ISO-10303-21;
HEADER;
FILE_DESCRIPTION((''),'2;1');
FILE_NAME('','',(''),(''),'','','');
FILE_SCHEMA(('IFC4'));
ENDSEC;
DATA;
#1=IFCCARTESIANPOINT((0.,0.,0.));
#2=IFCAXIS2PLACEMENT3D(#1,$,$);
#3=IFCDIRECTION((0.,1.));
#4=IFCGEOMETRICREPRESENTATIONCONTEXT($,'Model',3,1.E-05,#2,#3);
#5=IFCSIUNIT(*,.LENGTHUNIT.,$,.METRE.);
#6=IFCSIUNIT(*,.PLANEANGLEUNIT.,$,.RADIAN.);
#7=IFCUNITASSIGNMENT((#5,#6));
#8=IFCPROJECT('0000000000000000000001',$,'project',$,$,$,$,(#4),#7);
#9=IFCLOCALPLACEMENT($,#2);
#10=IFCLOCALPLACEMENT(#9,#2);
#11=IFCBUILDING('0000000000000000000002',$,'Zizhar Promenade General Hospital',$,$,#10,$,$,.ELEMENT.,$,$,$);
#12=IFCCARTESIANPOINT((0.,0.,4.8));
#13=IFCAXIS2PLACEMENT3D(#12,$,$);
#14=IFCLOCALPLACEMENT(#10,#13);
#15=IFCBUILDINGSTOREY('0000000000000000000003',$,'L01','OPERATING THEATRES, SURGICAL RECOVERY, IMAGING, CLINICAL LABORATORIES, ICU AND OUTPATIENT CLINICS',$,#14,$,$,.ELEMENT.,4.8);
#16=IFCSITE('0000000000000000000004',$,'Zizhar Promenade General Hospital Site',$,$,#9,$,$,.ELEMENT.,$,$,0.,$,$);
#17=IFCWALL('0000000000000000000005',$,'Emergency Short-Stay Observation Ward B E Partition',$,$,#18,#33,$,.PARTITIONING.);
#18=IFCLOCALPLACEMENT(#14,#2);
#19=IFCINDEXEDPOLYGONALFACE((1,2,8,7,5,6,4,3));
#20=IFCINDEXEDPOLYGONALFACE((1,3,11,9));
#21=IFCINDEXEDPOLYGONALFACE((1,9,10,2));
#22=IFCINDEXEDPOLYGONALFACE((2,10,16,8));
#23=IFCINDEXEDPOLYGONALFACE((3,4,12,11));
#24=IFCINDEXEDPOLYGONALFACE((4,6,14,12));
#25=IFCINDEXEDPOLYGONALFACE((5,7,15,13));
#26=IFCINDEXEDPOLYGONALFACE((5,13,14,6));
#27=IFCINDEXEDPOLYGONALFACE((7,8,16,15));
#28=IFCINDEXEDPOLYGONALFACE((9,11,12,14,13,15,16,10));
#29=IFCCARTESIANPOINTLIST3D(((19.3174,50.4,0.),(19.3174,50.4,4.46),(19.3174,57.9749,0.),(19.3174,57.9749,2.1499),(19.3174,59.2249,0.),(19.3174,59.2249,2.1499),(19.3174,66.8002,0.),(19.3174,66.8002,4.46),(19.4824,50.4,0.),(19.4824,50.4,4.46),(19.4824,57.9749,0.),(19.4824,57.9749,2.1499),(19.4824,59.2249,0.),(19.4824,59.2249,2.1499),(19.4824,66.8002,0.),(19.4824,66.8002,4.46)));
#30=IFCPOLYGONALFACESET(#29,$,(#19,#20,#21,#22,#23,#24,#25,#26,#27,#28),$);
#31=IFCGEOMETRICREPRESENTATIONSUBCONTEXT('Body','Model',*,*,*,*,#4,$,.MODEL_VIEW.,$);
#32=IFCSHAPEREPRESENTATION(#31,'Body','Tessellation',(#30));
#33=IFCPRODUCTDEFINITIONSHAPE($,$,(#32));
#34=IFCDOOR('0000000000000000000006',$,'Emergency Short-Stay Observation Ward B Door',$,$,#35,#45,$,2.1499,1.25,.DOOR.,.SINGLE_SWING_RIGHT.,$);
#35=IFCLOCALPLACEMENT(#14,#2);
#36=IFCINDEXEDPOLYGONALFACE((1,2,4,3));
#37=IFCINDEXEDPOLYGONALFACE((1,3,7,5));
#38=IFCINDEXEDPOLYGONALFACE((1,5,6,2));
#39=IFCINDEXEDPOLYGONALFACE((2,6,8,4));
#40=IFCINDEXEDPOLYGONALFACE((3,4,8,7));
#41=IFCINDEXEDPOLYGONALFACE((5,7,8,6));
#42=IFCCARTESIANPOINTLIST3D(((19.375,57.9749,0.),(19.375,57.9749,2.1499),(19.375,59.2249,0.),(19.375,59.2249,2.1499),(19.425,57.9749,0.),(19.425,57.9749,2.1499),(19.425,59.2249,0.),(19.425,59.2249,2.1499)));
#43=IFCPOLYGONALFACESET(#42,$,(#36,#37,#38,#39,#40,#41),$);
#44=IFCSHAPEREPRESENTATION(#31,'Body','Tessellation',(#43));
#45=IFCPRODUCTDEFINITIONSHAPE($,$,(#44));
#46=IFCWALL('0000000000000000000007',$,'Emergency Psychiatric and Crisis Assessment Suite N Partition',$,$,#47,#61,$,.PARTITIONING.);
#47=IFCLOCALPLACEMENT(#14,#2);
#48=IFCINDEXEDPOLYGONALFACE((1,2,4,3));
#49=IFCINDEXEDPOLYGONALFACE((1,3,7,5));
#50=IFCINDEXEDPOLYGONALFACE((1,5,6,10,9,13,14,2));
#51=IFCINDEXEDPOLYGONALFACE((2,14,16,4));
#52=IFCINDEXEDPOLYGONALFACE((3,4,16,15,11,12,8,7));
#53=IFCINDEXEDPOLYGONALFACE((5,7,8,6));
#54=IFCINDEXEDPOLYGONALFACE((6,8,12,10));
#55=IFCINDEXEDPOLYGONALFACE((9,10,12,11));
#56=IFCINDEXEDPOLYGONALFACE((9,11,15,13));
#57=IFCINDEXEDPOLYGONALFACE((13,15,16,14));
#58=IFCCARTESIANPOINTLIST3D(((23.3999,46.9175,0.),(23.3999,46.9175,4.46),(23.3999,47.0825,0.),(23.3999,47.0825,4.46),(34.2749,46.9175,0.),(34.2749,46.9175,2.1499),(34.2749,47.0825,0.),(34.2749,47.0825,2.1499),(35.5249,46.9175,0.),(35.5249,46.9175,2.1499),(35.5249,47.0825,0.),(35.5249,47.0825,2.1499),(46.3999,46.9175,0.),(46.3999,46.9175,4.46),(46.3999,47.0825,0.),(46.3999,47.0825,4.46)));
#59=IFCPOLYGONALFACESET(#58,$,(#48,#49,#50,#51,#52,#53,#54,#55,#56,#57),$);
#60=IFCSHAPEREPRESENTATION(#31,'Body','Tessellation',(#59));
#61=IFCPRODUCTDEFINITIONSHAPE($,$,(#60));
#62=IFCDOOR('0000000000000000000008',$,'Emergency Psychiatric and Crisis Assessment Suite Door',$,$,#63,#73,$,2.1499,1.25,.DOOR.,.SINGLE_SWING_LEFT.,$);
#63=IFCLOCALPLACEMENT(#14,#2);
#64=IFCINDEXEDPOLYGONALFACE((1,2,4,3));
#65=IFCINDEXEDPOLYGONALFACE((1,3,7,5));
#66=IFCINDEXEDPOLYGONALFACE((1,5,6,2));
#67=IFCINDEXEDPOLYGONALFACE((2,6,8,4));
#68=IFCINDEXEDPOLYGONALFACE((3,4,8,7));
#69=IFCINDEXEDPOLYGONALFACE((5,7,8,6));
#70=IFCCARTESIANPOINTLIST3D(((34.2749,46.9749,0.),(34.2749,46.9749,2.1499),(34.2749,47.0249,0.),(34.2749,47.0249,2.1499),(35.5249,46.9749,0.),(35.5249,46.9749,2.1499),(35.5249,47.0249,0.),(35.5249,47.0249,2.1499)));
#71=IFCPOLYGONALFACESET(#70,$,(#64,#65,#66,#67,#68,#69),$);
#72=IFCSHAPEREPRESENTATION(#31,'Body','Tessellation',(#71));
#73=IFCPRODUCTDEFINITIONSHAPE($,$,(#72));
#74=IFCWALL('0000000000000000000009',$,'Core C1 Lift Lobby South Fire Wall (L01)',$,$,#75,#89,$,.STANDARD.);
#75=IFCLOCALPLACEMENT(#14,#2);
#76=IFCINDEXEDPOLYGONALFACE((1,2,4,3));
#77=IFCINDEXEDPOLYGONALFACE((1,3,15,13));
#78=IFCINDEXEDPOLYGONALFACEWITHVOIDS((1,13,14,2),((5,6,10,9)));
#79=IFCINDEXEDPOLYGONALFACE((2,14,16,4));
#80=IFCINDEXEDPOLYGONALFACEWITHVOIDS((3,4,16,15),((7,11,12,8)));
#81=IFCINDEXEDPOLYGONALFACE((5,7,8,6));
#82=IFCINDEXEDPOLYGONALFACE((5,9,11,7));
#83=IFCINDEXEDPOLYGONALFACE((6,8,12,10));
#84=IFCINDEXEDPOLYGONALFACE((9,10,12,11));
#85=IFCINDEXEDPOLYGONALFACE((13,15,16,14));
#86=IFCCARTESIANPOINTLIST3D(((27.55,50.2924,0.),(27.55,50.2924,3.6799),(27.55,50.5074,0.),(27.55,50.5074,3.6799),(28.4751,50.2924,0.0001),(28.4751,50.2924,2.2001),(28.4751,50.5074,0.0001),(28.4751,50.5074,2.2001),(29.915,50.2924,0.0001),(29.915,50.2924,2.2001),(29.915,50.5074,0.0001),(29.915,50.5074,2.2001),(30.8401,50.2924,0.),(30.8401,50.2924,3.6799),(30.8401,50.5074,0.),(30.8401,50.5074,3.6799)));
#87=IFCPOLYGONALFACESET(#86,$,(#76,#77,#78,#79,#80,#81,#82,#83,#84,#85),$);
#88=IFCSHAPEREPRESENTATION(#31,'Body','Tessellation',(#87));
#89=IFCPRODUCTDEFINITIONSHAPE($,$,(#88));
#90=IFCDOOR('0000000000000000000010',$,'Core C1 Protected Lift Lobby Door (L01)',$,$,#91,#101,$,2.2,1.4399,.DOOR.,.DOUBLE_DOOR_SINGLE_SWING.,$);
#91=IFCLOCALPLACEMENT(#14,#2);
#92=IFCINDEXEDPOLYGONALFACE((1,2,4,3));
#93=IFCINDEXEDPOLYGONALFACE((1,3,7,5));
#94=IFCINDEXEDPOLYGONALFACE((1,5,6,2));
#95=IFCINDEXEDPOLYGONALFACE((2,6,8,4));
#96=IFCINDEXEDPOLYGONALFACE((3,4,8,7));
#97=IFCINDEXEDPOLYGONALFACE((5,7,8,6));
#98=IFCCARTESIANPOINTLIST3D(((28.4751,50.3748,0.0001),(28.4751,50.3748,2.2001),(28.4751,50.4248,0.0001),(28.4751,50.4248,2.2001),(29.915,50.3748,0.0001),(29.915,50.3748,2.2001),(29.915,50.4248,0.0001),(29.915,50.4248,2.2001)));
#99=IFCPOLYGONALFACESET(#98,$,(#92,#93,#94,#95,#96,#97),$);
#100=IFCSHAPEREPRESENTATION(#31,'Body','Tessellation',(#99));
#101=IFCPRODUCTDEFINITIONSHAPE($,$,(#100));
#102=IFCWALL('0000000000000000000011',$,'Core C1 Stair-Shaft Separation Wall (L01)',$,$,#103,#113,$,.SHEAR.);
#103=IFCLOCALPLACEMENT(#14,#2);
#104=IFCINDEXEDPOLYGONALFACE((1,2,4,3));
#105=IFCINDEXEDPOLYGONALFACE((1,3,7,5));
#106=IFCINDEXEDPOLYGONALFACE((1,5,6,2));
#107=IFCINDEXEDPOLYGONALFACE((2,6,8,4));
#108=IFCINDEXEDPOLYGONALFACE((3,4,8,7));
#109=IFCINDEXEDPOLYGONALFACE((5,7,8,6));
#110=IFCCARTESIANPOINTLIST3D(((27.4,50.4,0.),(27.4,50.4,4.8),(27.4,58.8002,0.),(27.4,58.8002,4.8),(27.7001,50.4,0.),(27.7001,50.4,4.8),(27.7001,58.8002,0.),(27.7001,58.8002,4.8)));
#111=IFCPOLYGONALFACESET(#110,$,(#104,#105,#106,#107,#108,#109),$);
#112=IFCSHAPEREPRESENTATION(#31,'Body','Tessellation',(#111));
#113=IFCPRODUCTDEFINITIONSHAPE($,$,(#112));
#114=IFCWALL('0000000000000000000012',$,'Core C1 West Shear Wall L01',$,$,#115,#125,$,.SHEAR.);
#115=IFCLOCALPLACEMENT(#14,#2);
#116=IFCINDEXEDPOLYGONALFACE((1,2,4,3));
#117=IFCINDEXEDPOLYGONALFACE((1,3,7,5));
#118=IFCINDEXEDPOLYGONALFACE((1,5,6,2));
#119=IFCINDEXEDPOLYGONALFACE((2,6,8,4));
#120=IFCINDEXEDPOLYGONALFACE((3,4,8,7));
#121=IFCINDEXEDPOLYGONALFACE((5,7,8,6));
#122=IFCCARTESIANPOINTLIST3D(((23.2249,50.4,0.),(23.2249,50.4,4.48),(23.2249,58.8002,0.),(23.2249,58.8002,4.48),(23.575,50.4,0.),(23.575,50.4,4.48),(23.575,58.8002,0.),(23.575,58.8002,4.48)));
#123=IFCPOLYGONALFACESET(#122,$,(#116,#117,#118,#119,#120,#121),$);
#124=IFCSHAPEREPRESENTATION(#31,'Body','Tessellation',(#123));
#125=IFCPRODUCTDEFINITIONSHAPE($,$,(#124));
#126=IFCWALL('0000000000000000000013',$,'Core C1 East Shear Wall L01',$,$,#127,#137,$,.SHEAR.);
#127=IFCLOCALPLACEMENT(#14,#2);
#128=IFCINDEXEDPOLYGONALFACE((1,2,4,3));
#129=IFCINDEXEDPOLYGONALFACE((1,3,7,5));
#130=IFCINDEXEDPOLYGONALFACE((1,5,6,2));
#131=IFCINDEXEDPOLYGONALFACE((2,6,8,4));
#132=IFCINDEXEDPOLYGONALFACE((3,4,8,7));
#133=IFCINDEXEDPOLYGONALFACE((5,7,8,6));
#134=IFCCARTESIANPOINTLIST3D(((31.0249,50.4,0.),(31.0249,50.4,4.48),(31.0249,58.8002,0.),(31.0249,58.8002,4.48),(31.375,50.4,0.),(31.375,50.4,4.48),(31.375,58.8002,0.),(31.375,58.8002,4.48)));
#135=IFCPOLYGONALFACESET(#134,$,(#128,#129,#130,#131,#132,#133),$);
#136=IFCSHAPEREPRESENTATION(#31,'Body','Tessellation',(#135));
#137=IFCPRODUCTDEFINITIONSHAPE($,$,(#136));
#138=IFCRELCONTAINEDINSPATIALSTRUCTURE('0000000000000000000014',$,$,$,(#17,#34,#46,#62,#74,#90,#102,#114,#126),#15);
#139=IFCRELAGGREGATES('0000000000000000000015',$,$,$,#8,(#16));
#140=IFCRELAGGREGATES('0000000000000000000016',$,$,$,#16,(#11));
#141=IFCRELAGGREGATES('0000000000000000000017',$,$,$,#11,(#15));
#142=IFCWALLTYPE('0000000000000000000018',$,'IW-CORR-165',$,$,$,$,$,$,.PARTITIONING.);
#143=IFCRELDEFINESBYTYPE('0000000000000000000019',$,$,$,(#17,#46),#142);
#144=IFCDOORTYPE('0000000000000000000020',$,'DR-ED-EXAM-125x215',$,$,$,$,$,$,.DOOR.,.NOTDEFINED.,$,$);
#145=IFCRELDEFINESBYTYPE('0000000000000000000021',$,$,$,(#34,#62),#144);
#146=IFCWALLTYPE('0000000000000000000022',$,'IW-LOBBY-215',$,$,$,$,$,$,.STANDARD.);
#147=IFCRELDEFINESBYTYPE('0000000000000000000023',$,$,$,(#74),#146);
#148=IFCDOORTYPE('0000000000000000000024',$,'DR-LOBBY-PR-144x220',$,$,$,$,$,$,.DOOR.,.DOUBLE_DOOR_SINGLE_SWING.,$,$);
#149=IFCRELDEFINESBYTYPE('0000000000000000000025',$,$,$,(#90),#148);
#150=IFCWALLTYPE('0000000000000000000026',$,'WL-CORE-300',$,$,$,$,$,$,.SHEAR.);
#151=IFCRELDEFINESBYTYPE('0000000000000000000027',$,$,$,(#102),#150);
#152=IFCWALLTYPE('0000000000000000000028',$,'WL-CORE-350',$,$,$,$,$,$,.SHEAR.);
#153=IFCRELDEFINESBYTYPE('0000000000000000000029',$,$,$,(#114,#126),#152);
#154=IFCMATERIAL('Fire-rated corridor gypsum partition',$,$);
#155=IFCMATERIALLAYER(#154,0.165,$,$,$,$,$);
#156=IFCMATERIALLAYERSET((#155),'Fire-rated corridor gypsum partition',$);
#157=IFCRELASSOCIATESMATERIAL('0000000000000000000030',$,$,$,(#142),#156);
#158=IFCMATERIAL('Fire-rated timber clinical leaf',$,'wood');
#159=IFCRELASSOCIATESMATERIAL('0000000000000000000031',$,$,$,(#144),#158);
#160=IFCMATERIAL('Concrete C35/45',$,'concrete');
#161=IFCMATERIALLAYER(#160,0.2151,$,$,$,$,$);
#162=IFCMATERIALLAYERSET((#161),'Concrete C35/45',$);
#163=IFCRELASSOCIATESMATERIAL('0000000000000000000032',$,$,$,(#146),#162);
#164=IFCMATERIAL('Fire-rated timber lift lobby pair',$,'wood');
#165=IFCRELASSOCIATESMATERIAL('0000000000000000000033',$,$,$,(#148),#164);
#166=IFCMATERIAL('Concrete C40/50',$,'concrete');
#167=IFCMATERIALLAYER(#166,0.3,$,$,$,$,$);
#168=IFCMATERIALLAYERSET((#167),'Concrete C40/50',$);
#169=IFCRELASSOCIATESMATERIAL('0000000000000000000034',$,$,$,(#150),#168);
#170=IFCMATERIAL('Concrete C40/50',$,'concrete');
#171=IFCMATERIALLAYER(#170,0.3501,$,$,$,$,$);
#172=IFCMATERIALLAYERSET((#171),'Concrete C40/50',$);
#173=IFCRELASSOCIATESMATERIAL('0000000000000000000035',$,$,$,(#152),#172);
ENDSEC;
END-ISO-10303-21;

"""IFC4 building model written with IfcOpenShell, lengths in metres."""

from ifc_helpers import new_model, si_unit, direction, frame, frame_2d, origin, place, context, subcontext, project, spatial, rectangle, extrude, material, layer, layer_set, type_object, element, fill, save


model = new_model("IFC4")

# Units and contexts
model_context = context("Model", 3, precision=1e-05, world=origin(), true_north=direction((0.0, 1.0)))
body_context = subcontext(model_context, "Body", "Model", "MODEL_VIEW")
ifc_project = project(units=[si_unit("LENGTHUNIT", "METRE"), si_unit("PLANEANGLEUNIT", "RADIAN")], contexts=[model_context])

# Site, building, storey
site_placement = place(None, origin())
site = spatial("IfcSite", under=ifc_project, at=site_placement, Name="Zizhar Promenade General Hospital Site", CompositionType="ELEMENT", RefElevation=0.0)
building_placement = place(site_placement, origin())
building = spatial("IfcBuilding", under=site, at=building_placement, Name="Zizhar Promenade General Hospital", CompositionType="ELEMENT")
storey_placement = place(building_placement, frame((0.0, 0.0, 4.8)))
storey = spatial("IfcBuildingStorey", under=building, at=storey_placement, Name="L01", Description="OPERATING THEATRES, SURGICAL RECOVERY, IMAGING, CLINICAL LABORATORIES, ICU AND OUTPATIENT CLINICS", CompositionType="ELEMENT", Elevation=4.8)

# Walls, openings, doors
ifc_material_1 = material(Name="Fire-rated corridor gypsum partition")
ifc_layer_1 = layer(ifc_material_1, 0.165)
ifc_layer_set_1 = layer_set([ifc_layer_1], Name="Fire-rated corridor gypsum partition")
wall_type_1 = type_object("IfcWallType", Name="IW-CORR-165", PredefinedType="PARTITIONING", material=ifc_layer_set_1)
wall_1_placement = place(storey_placement, frame((19.3999, 50.3999, 0.0), z_axis=(0.0, 0.0, 1.0), x_axis=(0.0, 1.0, 0.0)))
wall_1 = element("IfcWall", 1, at=wall_1_placement, inside=storey, type_object=wall_type_1, Name="Emergency Short-Stay Observation Ward B E Partition", PredefinedType="PARTITIONING", context=body_context, shape_type="SweptSolid", body=[
    extrude(rectangle(XDim=16.4001, YDim=0.165, at=frame_2d((8.2002, 0.0))), origin(), (0.0, 0.0, 1.0), 4.46),
])
opening_1_placement = place(wall_1_placement, frame((7.575, 0.0, 0.0)))
opening_1 = element("IfcOpeningElement", 2, at=opening_1_placement, cuts=wall_1, PredefinedType="OPENING", context=body_context, shape_type="SweptSolid", body=[
    extrude(rectangle(XDim=1.25, YDim=2.1499, at=frame_2d((0.625, 1.075))), frame((0.0, 0.0925, 0.0), z_axis=(0.0, -1.0, 0.0), x_axis=(1.0, 0.0, 0.0)), (0.0, 0.0, 1.0), 0.1851),
])
ifc_material_2 = material(Name="Fire-rated timber clinical leaf", Category="wood")
door_type_1 = type_object("IfcDoorType", Name="DR-ED-EXAM-125x215", OperationType="NOTDEFINED", PredefinedType="DOOR", material=ifc_material_2)
door_1_placement = place(opening_1_placement, origin())
door_1 = element("IfcDoor", 3, at=door_1_placement, inside=storey, type_object=door_type_1, Name="Emergency Short-Stay Observation Ward B Door", OperationType="SINGLE_SWING_RIGHT", OverallHeight=2.1499, OverallWidth=1.25, PredefinedType="DOOR", context=body_context, shape_type="SweptSolid", body=[
    extrude(rectangle(XDim=1.25, YDim=2.1499, at=frame_2d((0.625, 1.075))), frame((0.0, 0.0249, 0.0), z_axis=(0.0, -1.0, 0.0), x_axis=(1.0, 0.0, 0.0)), (0.0, 0.0, 1.0), 0.05),
])
fill(opening_1, door_1)
wall_2_placement = place(storey_placement, frame((23.3999, 47.0, 0.0), z_axis=(0.0, 0.0, 1.0), x_axis=(1.0, 0.0, 0.0)))
wall_2 = element("IfcWall", 4, at=wall_2_placement, inside=storey, type_object=wall_type_1, Name="Emergency Psychiatric and Crisis Assessment Suite N Partition", PredefinedType="PARTITIONING", context=body_context, shape_type="SweptSolid", body=[
    extrude(rectangle(XDim=23.0, YDim=0.165, at=frame_2d((11.5, 0.0))), origin(), (0.0, 0.0, 1.0), 4.46),
])
opening_2_placement = place(wall_2_placement, frame((10.875, 0.0, 0.0)))
opening_2 = element("IfcOpeningElement", 5, at=opening_2_placement, cuts=wall_2, PredefinedType="OPENING", context=body_context, shape_type="SweptSolid", body=[
    extrude(rectangle(XDim=1.25, YDim=2.1499, at=frame_2d((0.625, 1.075))), frame((0.0, 0.0925, 0.0), z_axis=(0.0, -1.0, 0.0), x_axis=(1.0, 0.0, 0.0)), (0.0, 0.0, 1.0), 0.1851),
])
door_2_placement = place(opening_2_placement, origin())
door_2 = element("IfcDoor", 6, at=door_2_placement, inside=storey, type_object=door_type_1, Name="Emergency Psychiatric and Crisis Assessment Suite Door", OperationType="SINGLE_SWING_LEFT", OverallHeight=2.1499, OverallWidth=1.25, PredefinedType="DOOR", context=body_context, shape_type="SweptSolid", body=[
    extrude(rectangle(XDim=1.25, YDim=2.1499, at=frame_2d((0.625, 1.075))), frame((0.0, 0.0249, 0.0), z_axis=(0.0, -1.0, 0.0), x_axis=(1.0, 0.0, 0.0)), (0.0, 0.0, 1.0), 0.05),
])
fill(opening_2, door_2)
ifc_material_3 = material(Name="Concrete C35/45", Category="concrete")
ifc_layer_2 = layer(ifc_material_3, 0.2151)
ifc_layer_set_2 = layer_set([ifc_layer_2], Name="Concrete C35/45")
wall_type_2 = type_object("IfcWallType", Name="IW-LOBBY-215", PredefinedType="STANDARD", material=ifc_layer_set_2)
wall_3_placement = place(storey_placement, frame((27.55, 50.3999, 0.0), z_axis=(0.0, 0.0, 1.0), x_axis=(1.0, 0.0, 0.0)))
wall_3 = element("IfcWall", 7, at=wall_3_placement, inside=storey, type_object=wall_type_2, Name="Core C1 Lift Lobby South Fire Wall (L01)", PredefinedType="STANDARD", context=body_context, shape_type="SweptSolid", body=[
    extrude(rectangle(XDim=3.29, YDim=0.2151, at=frame_2d((1.645, 0.0))), origin(), (0.0, 0.0, 1.0), 3.6799),
])
opening_3_placement = place(wall_3_placement, frame((0.925, 0.0, 0.0)))
opening_3 = element("IfcOpeningElement", 8, at=opening_3_placement, cuts=wall_3, PredefinedType="OPENING", context=body_context, shape_type="SweptSolid", body=[
    extrude(rectangle(XDim=1.4399, YDim=2.2, at=frame_2d((0.72, 1.1001))), frame((0.0, 0.1177, 0.0), z_axis=(0.0, -1.0, 0.0), x_axis=(1.0, 0.0, 0.0)), (0.0, 0.0, 1.0), 0.2351),
])
ifc_material_4 = material(Name="Fire-rated timber lift lobby pair", Category="wood")
door_type_2 = type_object("IfcDoorType", Name="DR-LOBBY-PR-144x220", OperationType="DOUBLE_DOOR_SINGLE_SWING", PredefinedType="DOOR", material=ifc_material_4)
door_3_placement = place(opening_3_placement, origin())
door_3 = element("IfcDoor", 9, at=door_3_placement, inside=storey, type_object=door_type_2, Name="Core C1 Protected Lift Lobby Door (L01)", OperationType="DOUBLE_DOOR_SINGLE_SWING", OverallHeight=2.2, OverallWidth=1.4399, PredefinedType="DOOR", context=body_context, shape_type="SweptSolid", body=[
    extrude(rectangle(XDim=1.4399, YDim=2.2, at=frame_2d((0.72, 1.1001))), frame((0.0, 0.0249, 0.0), z_axis=(0.0, -1.0, 0.0), x_axis=(1.0, 0.0, 0.0)), (0.0, 0.0, 1.0), 0.05),
])
fill(opening_3, door_3)
ifc_material_5 = material(Name="Concrete C40/50", Category="concrete")
ifc_layer_3 = layer(ifc_material_5, 0.3)
ifc_layer_set_3 = layer_set([ifc_layer_3], Name="Concrete C40/50")
wall_type_3 = type_object("IfcWallType", Name="WL-CORE-300", PredefinedType="SHEAR", material=ifc_layer_set_3)

# Walls
wall_4_placement = place(storey_placement, frame((27.55, 50.3999, 0.0), z_axis=(0.0, 0.0, 1.0), x_axis=(0.0, 1.0, 0.0)))
element("IfcWall", 10, at=wall_4_placement, inside=storey, type_object=wall_type_3, Name="Core C1 Stair-Shaft Separation Wall (L01)", PredefinedType="SHEAR", context=body_context, shape_type="SweptSolid", body=[
    extrude(rectangle(XDim=8.4001, YDim=0.3, at=frame_2d((4.2002, 0.0))), origin(), (0.0, 0.0, 1.0), 4.8),
])
ifc_material_6 = material(Name="Concrete C40/50", Category="concrete")
ifc_layer_4 = layer(ifc_material_6, 0.3501)
ifc_layer_set_4 = layer_set([ifc_layer_4], Name="Concrete C40/50")
wall_type_4 = type_object("IfcWallType", Name="WL-CORE-350", PredefinedType="SHEAR", material=ifc_layer_set_4)
for number, where, z_axis, x_axis, name in (
    (11, (23.3999, 50.3999, 0.0), (0.0, 0.0, 1.0), (0.0, 1.0, 0.0), "Core C1 West Shear Wall L01"),
    (12, (31.2, 50.3999, 0.0), (0.0, 0.0, 1.0), (0.0, 1.0, 0.0), "Core C1 East Shear Wall L01"),
):
    element("IfcWall", number, at=place(storey_placement, frame(where, z_axis=z_axis, x_axis=x_axis)), inside=storey, type_object=wall_type_4, Name=name, PredefinedType="SHEAR", context=body_context, shape_type="SweptSolid", body=[
        extrude(rectangle(XDim=8.4001, YDim=0.3501, at=frame_2d((4.2002, 0.0))), origin(), (0.0, 0.0, 1.0), 4.48),
    ])

save(model, "model.ifc")
